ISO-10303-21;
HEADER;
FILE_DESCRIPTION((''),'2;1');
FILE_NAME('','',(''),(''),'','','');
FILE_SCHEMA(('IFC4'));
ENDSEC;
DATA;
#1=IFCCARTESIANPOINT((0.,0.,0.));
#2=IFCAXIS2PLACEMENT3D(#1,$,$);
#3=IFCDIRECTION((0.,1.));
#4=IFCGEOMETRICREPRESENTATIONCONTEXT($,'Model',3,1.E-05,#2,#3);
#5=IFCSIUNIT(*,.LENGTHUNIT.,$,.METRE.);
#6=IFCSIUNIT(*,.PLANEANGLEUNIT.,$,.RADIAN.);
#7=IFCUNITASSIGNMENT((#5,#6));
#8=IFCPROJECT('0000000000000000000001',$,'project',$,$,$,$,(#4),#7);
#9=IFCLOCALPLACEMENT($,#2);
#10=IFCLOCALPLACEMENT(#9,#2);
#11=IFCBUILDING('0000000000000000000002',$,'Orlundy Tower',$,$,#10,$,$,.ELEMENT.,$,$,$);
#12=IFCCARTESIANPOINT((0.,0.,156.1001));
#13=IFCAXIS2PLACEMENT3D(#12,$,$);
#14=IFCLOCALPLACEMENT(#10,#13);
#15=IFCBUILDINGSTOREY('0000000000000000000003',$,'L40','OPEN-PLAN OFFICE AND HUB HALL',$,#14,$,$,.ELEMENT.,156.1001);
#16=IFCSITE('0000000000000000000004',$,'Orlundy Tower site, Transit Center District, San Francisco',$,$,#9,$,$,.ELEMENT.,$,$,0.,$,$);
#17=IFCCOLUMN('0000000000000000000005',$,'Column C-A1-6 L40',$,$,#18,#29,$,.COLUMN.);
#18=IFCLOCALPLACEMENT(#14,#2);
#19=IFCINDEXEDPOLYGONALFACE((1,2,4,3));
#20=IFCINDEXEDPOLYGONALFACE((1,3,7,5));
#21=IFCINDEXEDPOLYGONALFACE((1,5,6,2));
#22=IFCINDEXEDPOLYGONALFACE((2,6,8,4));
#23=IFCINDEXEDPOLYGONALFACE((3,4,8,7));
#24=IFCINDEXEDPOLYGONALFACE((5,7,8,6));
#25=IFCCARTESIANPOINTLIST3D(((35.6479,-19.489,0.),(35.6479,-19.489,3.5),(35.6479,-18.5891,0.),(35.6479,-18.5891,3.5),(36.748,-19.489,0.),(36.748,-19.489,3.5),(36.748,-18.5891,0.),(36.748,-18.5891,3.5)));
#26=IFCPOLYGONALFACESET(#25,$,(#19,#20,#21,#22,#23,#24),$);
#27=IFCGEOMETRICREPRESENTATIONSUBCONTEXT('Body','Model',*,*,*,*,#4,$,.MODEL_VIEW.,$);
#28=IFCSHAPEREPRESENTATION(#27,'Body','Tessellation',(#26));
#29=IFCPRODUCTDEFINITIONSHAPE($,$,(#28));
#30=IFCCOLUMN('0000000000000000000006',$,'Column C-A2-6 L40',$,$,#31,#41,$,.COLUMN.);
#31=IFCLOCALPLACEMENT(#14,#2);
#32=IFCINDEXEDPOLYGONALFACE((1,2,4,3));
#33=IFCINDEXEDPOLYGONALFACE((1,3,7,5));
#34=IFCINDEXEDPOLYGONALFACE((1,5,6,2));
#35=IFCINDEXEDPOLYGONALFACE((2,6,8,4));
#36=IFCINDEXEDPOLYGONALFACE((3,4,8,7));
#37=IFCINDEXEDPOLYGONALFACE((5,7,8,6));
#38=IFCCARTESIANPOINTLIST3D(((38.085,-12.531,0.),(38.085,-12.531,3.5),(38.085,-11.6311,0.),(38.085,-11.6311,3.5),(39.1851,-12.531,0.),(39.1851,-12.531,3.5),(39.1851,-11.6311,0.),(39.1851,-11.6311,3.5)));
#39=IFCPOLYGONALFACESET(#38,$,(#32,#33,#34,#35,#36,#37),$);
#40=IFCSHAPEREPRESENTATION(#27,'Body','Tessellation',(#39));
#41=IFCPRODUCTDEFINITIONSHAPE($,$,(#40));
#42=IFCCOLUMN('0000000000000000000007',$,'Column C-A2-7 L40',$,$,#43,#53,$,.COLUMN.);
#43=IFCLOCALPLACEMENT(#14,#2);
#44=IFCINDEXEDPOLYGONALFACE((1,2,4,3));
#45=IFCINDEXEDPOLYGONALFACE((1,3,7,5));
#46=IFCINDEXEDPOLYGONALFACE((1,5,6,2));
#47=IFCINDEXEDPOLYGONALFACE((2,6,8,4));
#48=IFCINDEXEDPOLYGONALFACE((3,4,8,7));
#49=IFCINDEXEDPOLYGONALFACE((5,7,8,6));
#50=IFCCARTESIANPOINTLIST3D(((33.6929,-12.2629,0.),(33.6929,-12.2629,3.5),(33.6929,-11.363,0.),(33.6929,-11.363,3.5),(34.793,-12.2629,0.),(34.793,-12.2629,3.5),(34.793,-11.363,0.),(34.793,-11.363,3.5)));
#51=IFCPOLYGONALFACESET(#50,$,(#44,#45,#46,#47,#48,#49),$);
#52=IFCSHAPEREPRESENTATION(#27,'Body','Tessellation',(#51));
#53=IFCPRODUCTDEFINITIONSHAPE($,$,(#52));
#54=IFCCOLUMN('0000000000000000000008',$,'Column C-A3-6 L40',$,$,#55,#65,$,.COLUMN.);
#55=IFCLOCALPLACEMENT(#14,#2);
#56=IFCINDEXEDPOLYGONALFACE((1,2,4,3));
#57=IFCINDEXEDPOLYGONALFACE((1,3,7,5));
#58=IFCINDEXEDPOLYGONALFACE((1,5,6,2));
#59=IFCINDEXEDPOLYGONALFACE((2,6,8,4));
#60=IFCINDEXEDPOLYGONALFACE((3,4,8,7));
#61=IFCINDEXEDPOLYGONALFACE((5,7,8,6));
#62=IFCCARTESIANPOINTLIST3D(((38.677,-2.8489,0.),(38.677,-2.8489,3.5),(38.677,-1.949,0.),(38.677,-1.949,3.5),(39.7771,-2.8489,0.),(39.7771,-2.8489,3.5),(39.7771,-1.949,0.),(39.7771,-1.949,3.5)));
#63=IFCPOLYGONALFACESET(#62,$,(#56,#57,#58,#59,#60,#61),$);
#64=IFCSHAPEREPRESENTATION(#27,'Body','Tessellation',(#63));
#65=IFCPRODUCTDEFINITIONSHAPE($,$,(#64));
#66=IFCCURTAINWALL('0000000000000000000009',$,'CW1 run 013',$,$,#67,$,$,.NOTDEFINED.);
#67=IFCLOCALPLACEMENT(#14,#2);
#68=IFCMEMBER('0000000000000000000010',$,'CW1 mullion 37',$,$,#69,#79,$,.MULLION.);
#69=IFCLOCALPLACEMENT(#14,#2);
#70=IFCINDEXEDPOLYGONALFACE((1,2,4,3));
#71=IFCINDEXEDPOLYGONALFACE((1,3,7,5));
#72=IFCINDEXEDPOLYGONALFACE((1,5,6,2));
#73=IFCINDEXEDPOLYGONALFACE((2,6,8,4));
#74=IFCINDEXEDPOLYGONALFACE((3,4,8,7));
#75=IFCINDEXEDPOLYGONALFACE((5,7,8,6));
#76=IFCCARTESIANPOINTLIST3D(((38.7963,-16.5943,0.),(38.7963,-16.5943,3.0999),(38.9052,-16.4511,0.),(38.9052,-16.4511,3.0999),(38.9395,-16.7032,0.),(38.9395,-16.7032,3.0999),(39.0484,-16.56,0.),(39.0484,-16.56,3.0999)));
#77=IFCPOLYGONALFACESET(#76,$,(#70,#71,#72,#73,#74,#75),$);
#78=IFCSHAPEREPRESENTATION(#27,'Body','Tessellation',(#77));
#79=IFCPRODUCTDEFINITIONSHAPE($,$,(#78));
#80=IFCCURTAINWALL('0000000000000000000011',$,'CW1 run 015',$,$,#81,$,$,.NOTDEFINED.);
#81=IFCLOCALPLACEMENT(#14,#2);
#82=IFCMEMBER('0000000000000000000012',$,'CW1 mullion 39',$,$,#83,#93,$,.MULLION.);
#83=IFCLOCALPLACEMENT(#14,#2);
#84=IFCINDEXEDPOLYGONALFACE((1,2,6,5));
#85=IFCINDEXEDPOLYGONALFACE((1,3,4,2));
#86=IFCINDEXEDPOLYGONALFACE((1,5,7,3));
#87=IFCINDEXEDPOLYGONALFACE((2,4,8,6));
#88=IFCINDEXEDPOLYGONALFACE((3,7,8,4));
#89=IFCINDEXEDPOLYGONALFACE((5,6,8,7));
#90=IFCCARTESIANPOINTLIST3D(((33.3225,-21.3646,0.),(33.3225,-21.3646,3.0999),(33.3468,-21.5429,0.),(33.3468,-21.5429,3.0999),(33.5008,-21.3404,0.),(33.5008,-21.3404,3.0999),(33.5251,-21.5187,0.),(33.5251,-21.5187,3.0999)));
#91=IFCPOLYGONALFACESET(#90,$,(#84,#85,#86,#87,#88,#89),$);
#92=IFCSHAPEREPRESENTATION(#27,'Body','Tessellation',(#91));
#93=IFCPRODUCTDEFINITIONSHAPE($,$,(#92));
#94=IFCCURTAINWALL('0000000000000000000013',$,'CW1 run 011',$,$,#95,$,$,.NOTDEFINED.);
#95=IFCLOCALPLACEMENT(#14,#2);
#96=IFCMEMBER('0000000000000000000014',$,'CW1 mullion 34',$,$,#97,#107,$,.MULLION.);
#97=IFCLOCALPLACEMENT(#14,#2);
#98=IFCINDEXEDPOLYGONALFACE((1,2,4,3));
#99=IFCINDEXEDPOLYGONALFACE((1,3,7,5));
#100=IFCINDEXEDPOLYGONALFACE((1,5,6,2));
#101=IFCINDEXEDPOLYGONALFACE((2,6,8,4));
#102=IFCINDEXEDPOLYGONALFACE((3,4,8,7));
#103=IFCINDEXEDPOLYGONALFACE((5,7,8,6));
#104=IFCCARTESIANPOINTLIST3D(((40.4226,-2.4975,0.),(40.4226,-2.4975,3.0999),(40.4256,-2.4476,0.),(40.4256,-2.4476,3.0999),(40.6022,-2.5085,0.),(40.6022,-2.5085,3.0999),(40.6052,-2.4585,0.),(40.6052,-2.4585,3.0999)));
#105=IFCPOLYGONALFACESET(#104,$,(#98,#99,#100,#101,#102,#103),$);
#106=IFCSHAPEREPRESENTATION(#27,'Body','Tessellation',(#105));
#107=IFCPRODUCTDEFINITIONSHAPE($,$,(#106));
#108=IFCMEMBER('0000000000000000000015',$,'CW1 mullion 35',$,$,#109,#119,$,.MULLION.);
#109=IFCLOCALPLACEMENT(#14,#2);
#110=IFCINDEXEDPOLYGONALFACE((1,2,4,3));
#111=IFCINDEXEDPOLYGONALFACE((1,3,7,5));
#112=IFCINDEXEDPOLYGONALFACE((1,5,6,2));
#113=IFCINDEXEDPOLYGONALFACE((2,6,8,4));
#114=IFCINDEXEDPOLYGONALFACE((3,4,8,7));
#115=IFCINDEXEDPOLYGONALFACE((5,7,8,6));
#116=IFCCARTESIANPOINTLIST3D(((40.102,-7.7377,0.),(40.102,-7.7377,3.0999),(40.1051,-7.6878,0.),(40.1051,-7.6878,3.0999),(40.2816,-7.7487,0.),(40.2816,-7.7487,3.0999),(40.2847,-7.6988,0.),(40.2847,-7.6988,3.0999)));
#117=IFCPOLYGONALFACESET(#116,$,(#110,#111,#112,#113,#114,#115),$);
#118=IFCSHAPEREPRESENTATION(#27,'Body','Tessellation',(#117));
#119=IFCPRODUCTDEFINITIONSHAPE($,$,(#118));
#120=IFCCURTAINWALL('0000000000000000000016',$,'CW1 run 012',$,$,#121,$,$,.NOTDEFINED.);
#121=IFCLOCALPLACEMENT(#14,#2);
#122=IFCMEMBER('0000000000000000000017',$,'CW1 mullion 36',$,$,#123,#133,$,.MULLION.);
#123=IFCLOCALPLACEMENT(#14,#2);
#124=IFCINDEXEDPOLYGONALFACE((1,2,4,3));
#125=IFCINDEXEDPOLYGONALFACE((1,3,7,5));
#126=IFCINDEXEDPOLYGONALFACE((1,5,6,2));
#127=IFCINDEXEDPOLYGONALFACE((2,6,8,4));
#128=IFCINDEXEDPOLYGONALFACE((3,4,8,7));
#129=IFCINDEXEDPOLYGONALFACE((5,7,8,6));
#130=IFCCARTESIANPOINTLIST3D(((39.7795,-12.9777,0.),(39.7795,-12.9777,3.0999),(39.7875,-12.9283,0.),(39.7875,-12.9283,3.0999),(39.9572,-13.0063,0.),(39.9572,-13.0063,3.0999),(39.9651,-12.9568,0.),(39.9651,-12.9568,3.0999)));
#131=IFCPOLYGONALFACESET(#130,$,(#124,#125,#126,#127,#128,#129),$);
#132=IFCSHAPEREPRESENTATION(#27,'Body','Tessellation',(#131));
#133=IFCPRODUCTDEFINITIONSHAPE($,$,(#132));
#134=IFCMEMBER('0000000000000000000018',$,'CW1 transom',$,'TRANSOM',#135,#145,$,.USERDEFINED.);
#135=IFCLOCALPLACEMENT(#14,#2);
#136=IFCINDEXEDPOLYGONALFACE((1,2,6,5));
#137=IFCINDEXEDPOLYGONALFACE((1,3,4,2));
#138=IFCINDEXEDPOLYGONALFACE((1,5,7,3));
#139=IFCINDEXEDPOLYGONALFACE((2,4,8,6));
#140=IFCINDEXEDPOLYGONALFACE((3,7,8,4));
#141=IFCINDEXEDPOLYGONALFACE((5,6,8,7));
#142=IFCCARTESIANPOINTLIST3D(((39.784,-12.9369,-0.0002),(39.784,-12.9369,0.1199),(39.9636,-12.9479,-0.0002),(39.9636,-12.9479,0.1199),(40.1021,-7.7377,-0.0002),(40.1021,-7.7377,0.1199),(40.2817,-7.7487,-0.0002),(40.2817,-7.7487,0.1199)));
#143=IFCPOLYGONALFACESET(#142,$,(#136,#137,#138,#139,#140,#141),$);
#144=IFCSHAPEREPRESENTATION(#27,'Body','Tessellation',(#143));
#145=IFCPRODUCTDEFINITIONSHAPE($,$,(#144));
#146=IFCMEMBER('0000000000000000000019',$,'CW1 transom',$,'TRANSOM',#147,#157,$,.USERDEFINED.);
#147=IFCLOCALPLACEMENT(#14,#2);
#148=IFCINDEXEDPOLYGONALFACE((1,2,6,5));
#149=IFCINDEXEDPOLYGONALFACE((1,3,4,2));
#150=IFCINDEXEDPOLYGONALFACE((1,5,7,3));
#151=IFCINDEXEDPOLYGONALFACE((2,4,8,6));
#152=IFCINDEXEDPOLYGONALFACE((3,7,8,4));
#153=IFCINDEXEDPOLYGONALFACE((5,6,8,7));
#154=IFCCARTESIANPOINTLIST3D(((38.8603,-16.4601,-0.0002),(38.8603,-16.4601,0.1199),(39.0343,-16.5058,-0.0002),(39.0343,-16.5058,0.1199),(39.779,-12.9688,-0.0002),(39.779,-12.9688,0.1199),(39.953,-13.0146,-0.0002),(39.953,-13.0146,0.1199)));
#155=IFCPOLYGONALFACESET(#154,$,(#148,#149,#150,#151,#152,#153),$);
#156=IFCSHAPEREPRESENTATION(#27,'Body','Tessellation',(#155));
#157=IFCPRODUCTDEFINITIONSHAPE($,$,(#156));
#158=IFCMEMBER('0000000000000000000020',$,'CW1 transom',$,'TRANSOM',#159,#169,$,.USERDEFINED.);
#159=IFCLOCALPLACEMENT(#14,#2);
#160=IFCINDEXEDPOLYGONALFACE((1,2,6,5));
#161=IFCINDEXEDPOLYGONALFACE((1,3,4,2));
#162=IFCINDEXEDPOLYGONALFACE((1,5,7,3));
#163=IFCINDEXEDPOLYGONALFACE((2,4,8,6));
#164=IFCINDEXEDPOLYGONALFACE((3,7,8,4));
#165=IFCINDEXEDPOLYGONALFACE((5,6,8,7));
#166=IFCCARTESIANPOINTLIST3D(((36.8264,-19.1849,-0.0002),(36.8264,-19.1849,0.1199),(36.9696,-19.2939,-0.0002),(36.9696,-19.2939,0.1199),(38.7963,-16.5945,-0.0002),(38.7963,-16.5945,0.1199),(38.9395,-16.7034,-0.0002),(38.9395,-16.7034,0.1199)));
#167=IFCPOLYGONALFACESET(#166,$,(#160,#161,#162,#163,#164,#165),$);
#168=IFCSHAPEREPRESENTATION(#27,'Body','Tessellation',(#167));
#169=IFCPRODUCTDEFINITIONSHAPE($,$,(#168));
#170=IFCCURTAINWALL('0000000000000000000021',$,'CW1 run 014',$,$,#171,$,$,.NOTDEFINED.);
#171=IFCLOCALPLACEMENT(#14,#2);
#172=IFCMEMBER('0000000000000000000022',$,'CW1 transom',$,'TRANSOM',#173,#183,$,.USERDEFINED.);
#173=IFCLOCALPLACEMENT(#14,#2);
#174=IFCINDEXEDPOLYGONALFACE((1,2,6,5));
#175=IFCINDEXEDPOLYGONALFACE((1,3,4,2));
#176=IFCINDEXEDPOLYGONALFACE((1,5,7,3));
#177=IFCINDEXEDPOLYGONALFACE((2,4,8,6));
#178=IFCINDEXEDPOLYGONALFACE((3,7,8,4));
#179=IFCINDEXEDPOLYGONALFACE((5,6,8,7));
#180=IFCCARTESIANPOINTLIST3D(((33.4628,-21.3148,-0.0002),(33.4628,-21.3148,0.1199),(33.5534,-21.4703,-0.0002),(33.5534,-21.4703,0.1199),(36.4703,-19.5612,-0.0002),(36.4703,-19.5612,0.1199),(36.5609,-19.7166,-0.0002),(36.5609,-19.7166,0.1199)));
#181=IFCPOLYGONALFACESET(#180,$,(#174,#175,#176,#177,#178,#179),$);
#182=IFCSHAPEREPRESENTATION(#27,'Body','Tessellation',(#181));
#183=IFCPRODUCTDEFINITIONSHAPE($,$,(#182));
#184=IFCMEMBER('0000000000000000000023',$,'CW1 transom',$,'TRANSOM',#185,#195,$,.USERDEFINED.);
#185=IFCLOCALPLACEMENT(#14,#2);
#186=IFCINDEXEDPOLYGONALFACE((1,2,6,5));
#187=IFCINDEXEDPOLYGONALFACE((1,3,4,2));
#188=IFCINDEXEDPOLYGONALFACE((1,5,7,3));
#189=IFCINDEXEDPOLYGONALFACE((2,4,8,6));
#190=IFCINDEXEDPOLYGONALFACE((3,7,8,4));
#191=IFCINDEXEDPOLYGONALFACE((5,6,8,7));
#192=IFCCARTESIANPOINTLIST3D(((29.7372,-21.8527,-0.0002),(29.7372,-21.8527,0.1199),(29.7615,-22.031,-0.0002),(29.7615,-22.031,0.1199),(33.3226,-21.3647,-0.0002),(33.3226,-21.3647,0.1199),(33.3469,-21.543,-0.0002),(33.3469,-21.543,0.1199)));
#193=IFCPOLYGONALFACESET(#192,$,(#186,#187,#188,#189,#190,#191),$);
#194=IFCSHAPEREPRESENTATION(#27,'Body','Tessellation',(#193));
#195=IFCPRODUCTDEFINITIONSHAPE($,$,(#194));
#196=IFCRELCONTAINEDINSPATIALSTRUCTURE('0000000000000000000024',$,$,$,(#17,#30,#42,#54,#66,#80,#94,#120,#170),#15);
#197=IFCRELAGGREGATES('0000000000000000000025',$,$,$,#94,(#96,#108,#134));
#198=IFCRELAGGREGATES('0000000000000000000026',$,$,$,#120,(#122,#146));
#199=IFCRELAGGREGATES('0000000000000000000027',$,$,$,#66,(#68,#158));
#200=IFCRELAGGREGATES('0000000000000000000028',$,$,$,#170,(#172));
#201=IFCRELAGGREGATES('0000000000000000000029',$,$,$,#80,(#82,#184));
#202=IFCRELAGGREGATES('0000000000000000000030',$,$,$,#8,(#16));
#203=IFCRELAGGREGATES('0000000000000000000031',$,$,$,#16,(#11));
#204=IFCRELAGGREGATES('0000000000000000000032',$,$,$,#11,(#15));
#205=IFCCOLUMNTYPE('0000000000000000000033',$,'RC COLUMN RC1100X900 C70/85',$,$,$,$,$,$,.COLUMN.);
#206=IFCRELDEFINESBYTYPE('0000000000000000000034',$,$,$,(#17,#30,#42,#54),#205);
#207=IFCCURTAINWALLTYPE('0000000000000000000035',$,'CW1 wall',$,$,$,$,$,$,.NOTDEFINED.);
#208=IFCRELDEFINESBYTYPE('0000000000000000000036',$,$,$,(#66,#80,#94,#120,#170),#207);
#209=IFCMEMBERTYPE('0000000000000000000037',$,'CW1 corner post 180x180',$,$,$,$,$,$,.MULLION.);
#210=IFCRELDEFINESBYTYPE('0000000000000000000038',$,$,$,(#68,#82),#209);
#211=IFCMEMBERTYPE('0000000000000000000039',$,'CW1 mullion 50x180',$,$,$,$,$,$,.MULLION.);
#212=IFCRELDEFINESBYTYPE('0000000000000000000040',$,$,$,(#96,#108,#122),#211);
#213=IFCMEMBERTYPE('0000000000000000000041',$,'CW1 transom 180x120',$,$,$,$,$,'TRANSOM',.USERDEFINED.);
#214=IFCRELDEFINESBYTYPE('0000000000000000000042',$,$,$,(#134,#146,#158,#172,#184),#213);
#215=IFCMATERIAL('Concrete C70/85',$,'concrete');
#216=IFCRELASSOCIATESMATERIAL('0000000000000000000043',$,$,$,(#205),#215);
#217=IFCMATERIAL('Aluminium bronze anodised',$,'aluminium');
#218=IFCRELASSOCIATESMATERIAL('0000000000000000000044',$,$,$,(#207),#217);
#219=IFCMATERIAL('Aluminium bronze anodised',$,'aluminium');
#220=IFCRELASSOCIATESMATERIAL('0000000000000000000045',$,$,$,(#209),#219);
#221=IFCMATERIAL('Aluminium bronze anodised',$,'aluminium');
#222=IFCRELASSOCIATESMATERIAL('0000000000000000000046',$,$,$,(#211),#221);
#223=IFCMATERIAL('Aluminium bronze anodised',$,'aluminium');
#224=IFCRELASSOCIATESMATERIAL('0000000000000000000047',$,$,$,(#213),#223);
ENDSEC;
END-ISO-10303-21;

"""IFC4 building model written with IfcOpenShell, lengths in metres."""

from ifc_helpers import new_model, si_unit, direction, frame, origin, origin_2d, place, context, subcontext, project, spatial, rectangle, extrude, material, material_profile, profile_set, type_object, element, aggregate, save


model = new_model("IFC4")

# Units and contexts
model_context = context("Model", 3, precision=1e-05, world=origin(), true_north=direction((0.0, 1.0)))
body_context = subcontext(model_context, "Body", "Model", "MODEL_VIEW")
ifc_project = project(units=[si_unit("LENGTHUNIT", "METRE"), si_unit("PLANEANGLEUNIT", "RADIAN")], contexts=[model_context])

# Site, building, storey
site_placement = place(None, origin())
site = spatial("IfcSite", under=ifc_project, at=site_placement, Name="Orlundy Tower site, Transit Center District, San Francisco", CompositionType="ELEMENT", RefElevation=0.0)
building_placement = place(site_placement, origin())
building = spatial("IfcBuilding", under=site, at=building_placement, Name="Orlundy Tower", CompositionType="ELEMENT")
storey_placement = place(building_placement, frame((0.0, 0.0, 156.1001)))
storey = spatial("IfcBuildingStorey", under=building, at=storey_placement, Name="L40", Description="OPEN-PLAN OFFICE AND HUB HALL", CompositionType="ELEMENT", Elevation=156.1001)

# Columns
ifc_material_1 = material(Name="Concrete C70/85", Category="concrete")
ifc_material_profile_1 = material_profile(ifc_material_1, rectangle(XDim=1.1001, YDim=0.8999, at=origin_2d()), Name="RC1100X900")
ifc_profile_set_1 = profile_set([ifc_material_profile_1], Name="Concrete C70/85")
column_type = type_object("IfcColumnType", Name="RC COLUMN RC1100X900 C70/85", PredefinedType="COLUMN", material=ifc_profile_set_1)
for number, where, z_axis, x_axis, name in (
    (1, (36.198, -19.0391, 0.0), (0.0, 0.0, 1.0), (1.0, 0.0, 0.0), "Column C-A1-6 L40"),
    (2, (38.635, -12.0811, 0.0), (0.0, 0.0, 1.0), (1.0, 0.0, 0.0), "Column C-A2-6 L40"),
    (3, (34.2429, -11.813, 0.0), (0.0, 0.0, 1.0), (1.0, 0.0, 0.0), "Column C-A2-7 L40"),
    (4, (39.2271, -2.3989, 0.0), (0.0, 0.0, 1.0), (1.0, 0.0, 0.0), "Column C-A3-6 L40"),
):
    element("IfcColumn", number, at=place(storey_placement, frame(where, z_axis=z_axis, x_axis=x_axis)), inside=storey, type_object=column_type, Name=name, PredefinedType="COLUMN", context=body_context, shape_type="SweptSolid", body=[
        extrude(rectangle(XDim=1.1001, YDim=0.8999, at=origin_2d()), origin(), (0.0, 0.0, 1.0), 3.5),
    ])

# Curtain walls, members
ifc_material_2 = material(Name="Aluminium bronze anodised", Category="aluminium")
curtain_wall_type = type_object("IfcCurtainWallType", Name="CW1 wall", PredefinedType="NOTDEFINED", material=ifc_material_2)
curtain_wall_1_placement = place(storey_placement, origin())
curtain_wall_1 = element("IfcCurtainWall", 5, at=curtain_wall_1_placement, inside=storey, type_object=curtain_wall_type, Name="CW1 run 013", PredefinedType="NOTDEFINED")
ifc_material_3 = material(Name="Aluminium bronze anodised", Category="aluminium")
ifc_material_profile_2 = material_profile(ifc_material_3, rectangle(XDim=0.1799, YDim=0.1799, at=origin_2d()), Name="CW1 corner post 180x180")
ifc_profile_set_2 = profile_set([ifc_material_profile_2], Name="Aluminium bronze anodised")
member_type_1 = type_object("IfcMemberType", Name="CW1 corner post 180x180", PredefinedType="MULLION", material=ifc_profile_set_2)
member_1_placement = place(storey_placement, frame((38.9224, -16.5771, 0.0), z_axis=(0.0, 0.0, 1.0), x_axis=(0.796001, -0.605295, 0.0)))
member_1 = element("IfcMember", 6, at=member_1_placement, type_object=member_type_1, Name="CW1 mullion 37", PredefinedType="MULLION", context=body_context, shape_type="SweptSolid", body=[
    extrude(rectangle(XDim=0.1799, YDim=0.1799, at=origin_2d()), origin(), (0.0, 0.0, 1.0), 3.0999),
])
curtain_wall_2_placement = place(storey_placement, origin())
curtain_wall_2 = element("IfcCurtainWall", 7, at=curtain_wall_2_placement, inside=storey, type_object=curtain_wall_type, Name="CW1 run 015", PredefinedType="NOTDEFINED")
member_2_placement = place(storey_placement, frame((33.4238, -21.4417, 0.0), z_axis=(0.0, 0.0, 1.0), x_axis=(0.134884, -0.990861, 0.0)))
member_2 = element("IfcMember", 8, at=member_2_placement, type_object=member_type_1, Name="CW1 mullion 39", PredefinedType="MULLION", context=body_context, shape_type="SweptSolid", body=[
    extrude(rectangle(XDim=0.1799, YDim=0.1799, at=origin_2d()), origin(), (0.0, 0.0, 1.0), 3.0999),
])

# Curtain wall, members
curtain_wall_3_placement = place(storey_placement, origin())
curtain_wall_3 = element("IfcCurtainWall", 9, at=curtain_wall_3_placement, inside=storey, type_object=curtain_wall_type, Name="CW1 run 011", PredefinedType="NOTDEFINED")
ifc_material_4 = material(Name="Aluminium bronze anodised", Category="aluminium")
ifc_material_profile_3 = material_profile(ifc_material_4, rectangle(XDim=0.1799, YDim=0.05, at=origin_2d()), Name="CW1 mullion 50x180")
ifc_profile_set_3 = profile_set([ifc_material_profile_3], Name="Aluminium bronze anodised")
member_type_2 = type_object("IfcMemberType", Name="CW1 mullion 50x180", PredefinedType="MULLION", material=ifc_profile_set_3)
member_3_placement = place(storey_placement, frame((40.5139, -2.478, 0.0), z_axis=(0.0, 0.0, 1.0), x_axis=(0.998135, -0.061047, 0.0)))
member_3 = element("IfcMember", 10, at=member_3_placement, type_object=member_type_2, Name="CW1 mullion 34", PredefinedType="MULLION", context=body_context, shape_type="SweptSolid", body=[
    extrude(rectangle(XDim=0.1799, YDim=0.05, at=origin_2d()), origin(), (0.0, 0.0, 1.0), 3.0999),
])
member_4_placement = place(storey_placement, frame((40.1934, -7.7183, 0.0), z_axis=(0.0, 0.0, 1.0), x_axis=(0.998135, -0.061047, 0.0)))
member_4 = element("IfcMember", 11, at=member_4_placement, type_object=member_type_2, Name="CW1 mullion 35", PredefinedType="MULLION", context=body_context, shape_type="SweptSolid", body=[
    extrude(rectangle(XDim=0.1799, YDim=0.05, at=origin_2d()), origin(), (0.0, 0.0, 1.0), 3.0999),
])

# Curtain wall, member
curtain_wall_4_placement = place(storey_placement, origin())
curtain_wall_4 = element("IfcCurtainWall", 12, at=curtain_wall_4_placement, inside=storey, type_object=curtain_wall_type, Name="CW1 run 012", PredefinedType="NOTDEFINED")
member_5_placement = place(storey_placement, frame((39.8723, -12.9673, 0.0), z_axis=(0.0, 0.0, 1.0), x_axis=(0.987357, -0.158512, 0.0)))
member_5 = element("IfcMember", 13, at=member_5_placement, type_object=member_type_2, Name="CW1 mullion 36", PredefinedType="MULLION", context=body_context, shape_type="SweptSolid", body=[
    extrude(rectangle(XDim=0.1799, YDim=0.05, at=origin_2d()), origin(), (0.0, 0.0, 1.0), 3.0999),
])

# Members
ifc_material_5 = material(Name="Aluminium bronze anodised", Category="aluminium")
ifc_material_profile_4 = material_profile(ifc_material_5, rectangle(XDim=0.1799, YDim=0.1201, at=origin_2d()), Name="CW1 transom 180x120")
ifc_profile_set_4 = profile_set([ifc_material_profile_4], Name="Aluminium bronze anodised")
member_type_3 = type_object("IfcMemberType", Name="CW1 transom 180x120", ElementType="TRANSOM", PredefinedType="USERDEFINED", material=ifc_profile_set_4)
member_6_placement = place(storey_placement, frame((40.1919, -7.7432, 0.0598), z_axis=(-0.061071, -0.998133, 0.0), x_axis=(0.998133, -0.061071, 0.0)))
member_6 = element("IfcMember", 14, at=member_6_placement, type_object=member_type_3, Name="CW1 transom", ObjectType="TRANSOM", PredefinedType="USERDEFINED", context=body_context, shape_type="SweptSolid", body=[
    extrude(rectangle(XDim=0.1799, YDim=0.1201, at=origin_2d()), origin(), (0.0, 0.0, 1.0), 5.209),
])
member_7_placement = place(storey_placement, frame((39.866, -12.9917, 0.0598), z_axis=(-0.254483, -0.967077, 0.0), x_axis=(0.967077, -0.254483, 0.0)))
member_7 = element("IfcMember", 15, at=member_7_placement, type_object=member_type_3, Name="CW1 transom", ObjectType="TRANSOM", PredefinedType="USERDEFINED", context=body_context, shape_type="SweptSolid", body=[
    extrude(rectangle(XDim=0.1799, YDim=0.1201, at=origin_2d()), origin(), (0.0, 0.0, 1.0), 3.6101),
])
member_8_placement = place(storey_placement, frame((38.8679, -16.6489, 0.0598), z_axis=(-0.605304, -0.795994, 0.0), x_axis=(0.795994, -0.605304, 0.0)))
member_8 = element("IfcMember", 16, at=member_8_placement, type_object=member_type_3, Name="CW1 transom", ObjectType="TRANSOM", PredefinedType="USERDEFINED", context=body_context, shape_type="SweptSolid", body=[
    extrude(rectangle(XDim=0.1799, YDim=0.1201, at=origin_2d()), origin(), (0.0, 0.0, 1.0), 3.2544),
])

# Curtain wall, member
curtain_wall_5_placement = place(storey_placement, origin())
curtain_wall_5 = element("IfcCurtainWall", 17, at=curtain_wall_5_placement, inside=storey, type_object=curtain_wall_type, Name="CW1 run 014", PredefinedType="NOTDEFINED")
member_9_placement = place(storey_placement, frame((36.5156, -19.6389, 0.0598), z_axis=(-0.863873, -0.50371, 0.0), x_axis=(0.50371, -0.863873, 0.0)))
member_9 = element("IfcMember", 18, at=member_9_placement, type_object=member_type_3, Name="CW1 transom", ObjectType="TRANSOM", PredefinedType="USERDEFINED", context=body_context, shape_type="SweptSolid", body=[
    extrude(rectangle(XDim=0.1799, YDim=0.1201, at=origin_2d()), origin(), (0.0, 0.0, 1.0), 3.4814),
])

# Member
member_10_placement = place(storey_placement, frame((33.3347, -21.4539, 0.0598), z_axis=(-0.990863, -0.134872, 0.0), x_axis=(0.134872, -0.990863, 0.0)))
member_10 = element("IfcMember", 19, at=member_10_placement, type_object=member_type_3, Name="CW1 transom", ObjectType="TRANSOM", PredefinedType="USERDEFINED", context=body_context, shape_type="SweptSolid", body=[
    extrude(rectangle(XDim=0.1799, YDim=0.1201, at=origin_2d()), origin(), (0.0, 0.0, 1.0), 3.6184),
])

aggregate(curtain_wall_3, [member_3, member_4, member_6])
aggregate(curtain_wall_4, [member_5, member_7])
aggregate(curtain_wall_1, [member_1, member_8])
aggregate(curtain_wall_5, [member_9])
aggregate(curtain_wall_2, [member_2, member_10])

save(model, "model.ifc")
